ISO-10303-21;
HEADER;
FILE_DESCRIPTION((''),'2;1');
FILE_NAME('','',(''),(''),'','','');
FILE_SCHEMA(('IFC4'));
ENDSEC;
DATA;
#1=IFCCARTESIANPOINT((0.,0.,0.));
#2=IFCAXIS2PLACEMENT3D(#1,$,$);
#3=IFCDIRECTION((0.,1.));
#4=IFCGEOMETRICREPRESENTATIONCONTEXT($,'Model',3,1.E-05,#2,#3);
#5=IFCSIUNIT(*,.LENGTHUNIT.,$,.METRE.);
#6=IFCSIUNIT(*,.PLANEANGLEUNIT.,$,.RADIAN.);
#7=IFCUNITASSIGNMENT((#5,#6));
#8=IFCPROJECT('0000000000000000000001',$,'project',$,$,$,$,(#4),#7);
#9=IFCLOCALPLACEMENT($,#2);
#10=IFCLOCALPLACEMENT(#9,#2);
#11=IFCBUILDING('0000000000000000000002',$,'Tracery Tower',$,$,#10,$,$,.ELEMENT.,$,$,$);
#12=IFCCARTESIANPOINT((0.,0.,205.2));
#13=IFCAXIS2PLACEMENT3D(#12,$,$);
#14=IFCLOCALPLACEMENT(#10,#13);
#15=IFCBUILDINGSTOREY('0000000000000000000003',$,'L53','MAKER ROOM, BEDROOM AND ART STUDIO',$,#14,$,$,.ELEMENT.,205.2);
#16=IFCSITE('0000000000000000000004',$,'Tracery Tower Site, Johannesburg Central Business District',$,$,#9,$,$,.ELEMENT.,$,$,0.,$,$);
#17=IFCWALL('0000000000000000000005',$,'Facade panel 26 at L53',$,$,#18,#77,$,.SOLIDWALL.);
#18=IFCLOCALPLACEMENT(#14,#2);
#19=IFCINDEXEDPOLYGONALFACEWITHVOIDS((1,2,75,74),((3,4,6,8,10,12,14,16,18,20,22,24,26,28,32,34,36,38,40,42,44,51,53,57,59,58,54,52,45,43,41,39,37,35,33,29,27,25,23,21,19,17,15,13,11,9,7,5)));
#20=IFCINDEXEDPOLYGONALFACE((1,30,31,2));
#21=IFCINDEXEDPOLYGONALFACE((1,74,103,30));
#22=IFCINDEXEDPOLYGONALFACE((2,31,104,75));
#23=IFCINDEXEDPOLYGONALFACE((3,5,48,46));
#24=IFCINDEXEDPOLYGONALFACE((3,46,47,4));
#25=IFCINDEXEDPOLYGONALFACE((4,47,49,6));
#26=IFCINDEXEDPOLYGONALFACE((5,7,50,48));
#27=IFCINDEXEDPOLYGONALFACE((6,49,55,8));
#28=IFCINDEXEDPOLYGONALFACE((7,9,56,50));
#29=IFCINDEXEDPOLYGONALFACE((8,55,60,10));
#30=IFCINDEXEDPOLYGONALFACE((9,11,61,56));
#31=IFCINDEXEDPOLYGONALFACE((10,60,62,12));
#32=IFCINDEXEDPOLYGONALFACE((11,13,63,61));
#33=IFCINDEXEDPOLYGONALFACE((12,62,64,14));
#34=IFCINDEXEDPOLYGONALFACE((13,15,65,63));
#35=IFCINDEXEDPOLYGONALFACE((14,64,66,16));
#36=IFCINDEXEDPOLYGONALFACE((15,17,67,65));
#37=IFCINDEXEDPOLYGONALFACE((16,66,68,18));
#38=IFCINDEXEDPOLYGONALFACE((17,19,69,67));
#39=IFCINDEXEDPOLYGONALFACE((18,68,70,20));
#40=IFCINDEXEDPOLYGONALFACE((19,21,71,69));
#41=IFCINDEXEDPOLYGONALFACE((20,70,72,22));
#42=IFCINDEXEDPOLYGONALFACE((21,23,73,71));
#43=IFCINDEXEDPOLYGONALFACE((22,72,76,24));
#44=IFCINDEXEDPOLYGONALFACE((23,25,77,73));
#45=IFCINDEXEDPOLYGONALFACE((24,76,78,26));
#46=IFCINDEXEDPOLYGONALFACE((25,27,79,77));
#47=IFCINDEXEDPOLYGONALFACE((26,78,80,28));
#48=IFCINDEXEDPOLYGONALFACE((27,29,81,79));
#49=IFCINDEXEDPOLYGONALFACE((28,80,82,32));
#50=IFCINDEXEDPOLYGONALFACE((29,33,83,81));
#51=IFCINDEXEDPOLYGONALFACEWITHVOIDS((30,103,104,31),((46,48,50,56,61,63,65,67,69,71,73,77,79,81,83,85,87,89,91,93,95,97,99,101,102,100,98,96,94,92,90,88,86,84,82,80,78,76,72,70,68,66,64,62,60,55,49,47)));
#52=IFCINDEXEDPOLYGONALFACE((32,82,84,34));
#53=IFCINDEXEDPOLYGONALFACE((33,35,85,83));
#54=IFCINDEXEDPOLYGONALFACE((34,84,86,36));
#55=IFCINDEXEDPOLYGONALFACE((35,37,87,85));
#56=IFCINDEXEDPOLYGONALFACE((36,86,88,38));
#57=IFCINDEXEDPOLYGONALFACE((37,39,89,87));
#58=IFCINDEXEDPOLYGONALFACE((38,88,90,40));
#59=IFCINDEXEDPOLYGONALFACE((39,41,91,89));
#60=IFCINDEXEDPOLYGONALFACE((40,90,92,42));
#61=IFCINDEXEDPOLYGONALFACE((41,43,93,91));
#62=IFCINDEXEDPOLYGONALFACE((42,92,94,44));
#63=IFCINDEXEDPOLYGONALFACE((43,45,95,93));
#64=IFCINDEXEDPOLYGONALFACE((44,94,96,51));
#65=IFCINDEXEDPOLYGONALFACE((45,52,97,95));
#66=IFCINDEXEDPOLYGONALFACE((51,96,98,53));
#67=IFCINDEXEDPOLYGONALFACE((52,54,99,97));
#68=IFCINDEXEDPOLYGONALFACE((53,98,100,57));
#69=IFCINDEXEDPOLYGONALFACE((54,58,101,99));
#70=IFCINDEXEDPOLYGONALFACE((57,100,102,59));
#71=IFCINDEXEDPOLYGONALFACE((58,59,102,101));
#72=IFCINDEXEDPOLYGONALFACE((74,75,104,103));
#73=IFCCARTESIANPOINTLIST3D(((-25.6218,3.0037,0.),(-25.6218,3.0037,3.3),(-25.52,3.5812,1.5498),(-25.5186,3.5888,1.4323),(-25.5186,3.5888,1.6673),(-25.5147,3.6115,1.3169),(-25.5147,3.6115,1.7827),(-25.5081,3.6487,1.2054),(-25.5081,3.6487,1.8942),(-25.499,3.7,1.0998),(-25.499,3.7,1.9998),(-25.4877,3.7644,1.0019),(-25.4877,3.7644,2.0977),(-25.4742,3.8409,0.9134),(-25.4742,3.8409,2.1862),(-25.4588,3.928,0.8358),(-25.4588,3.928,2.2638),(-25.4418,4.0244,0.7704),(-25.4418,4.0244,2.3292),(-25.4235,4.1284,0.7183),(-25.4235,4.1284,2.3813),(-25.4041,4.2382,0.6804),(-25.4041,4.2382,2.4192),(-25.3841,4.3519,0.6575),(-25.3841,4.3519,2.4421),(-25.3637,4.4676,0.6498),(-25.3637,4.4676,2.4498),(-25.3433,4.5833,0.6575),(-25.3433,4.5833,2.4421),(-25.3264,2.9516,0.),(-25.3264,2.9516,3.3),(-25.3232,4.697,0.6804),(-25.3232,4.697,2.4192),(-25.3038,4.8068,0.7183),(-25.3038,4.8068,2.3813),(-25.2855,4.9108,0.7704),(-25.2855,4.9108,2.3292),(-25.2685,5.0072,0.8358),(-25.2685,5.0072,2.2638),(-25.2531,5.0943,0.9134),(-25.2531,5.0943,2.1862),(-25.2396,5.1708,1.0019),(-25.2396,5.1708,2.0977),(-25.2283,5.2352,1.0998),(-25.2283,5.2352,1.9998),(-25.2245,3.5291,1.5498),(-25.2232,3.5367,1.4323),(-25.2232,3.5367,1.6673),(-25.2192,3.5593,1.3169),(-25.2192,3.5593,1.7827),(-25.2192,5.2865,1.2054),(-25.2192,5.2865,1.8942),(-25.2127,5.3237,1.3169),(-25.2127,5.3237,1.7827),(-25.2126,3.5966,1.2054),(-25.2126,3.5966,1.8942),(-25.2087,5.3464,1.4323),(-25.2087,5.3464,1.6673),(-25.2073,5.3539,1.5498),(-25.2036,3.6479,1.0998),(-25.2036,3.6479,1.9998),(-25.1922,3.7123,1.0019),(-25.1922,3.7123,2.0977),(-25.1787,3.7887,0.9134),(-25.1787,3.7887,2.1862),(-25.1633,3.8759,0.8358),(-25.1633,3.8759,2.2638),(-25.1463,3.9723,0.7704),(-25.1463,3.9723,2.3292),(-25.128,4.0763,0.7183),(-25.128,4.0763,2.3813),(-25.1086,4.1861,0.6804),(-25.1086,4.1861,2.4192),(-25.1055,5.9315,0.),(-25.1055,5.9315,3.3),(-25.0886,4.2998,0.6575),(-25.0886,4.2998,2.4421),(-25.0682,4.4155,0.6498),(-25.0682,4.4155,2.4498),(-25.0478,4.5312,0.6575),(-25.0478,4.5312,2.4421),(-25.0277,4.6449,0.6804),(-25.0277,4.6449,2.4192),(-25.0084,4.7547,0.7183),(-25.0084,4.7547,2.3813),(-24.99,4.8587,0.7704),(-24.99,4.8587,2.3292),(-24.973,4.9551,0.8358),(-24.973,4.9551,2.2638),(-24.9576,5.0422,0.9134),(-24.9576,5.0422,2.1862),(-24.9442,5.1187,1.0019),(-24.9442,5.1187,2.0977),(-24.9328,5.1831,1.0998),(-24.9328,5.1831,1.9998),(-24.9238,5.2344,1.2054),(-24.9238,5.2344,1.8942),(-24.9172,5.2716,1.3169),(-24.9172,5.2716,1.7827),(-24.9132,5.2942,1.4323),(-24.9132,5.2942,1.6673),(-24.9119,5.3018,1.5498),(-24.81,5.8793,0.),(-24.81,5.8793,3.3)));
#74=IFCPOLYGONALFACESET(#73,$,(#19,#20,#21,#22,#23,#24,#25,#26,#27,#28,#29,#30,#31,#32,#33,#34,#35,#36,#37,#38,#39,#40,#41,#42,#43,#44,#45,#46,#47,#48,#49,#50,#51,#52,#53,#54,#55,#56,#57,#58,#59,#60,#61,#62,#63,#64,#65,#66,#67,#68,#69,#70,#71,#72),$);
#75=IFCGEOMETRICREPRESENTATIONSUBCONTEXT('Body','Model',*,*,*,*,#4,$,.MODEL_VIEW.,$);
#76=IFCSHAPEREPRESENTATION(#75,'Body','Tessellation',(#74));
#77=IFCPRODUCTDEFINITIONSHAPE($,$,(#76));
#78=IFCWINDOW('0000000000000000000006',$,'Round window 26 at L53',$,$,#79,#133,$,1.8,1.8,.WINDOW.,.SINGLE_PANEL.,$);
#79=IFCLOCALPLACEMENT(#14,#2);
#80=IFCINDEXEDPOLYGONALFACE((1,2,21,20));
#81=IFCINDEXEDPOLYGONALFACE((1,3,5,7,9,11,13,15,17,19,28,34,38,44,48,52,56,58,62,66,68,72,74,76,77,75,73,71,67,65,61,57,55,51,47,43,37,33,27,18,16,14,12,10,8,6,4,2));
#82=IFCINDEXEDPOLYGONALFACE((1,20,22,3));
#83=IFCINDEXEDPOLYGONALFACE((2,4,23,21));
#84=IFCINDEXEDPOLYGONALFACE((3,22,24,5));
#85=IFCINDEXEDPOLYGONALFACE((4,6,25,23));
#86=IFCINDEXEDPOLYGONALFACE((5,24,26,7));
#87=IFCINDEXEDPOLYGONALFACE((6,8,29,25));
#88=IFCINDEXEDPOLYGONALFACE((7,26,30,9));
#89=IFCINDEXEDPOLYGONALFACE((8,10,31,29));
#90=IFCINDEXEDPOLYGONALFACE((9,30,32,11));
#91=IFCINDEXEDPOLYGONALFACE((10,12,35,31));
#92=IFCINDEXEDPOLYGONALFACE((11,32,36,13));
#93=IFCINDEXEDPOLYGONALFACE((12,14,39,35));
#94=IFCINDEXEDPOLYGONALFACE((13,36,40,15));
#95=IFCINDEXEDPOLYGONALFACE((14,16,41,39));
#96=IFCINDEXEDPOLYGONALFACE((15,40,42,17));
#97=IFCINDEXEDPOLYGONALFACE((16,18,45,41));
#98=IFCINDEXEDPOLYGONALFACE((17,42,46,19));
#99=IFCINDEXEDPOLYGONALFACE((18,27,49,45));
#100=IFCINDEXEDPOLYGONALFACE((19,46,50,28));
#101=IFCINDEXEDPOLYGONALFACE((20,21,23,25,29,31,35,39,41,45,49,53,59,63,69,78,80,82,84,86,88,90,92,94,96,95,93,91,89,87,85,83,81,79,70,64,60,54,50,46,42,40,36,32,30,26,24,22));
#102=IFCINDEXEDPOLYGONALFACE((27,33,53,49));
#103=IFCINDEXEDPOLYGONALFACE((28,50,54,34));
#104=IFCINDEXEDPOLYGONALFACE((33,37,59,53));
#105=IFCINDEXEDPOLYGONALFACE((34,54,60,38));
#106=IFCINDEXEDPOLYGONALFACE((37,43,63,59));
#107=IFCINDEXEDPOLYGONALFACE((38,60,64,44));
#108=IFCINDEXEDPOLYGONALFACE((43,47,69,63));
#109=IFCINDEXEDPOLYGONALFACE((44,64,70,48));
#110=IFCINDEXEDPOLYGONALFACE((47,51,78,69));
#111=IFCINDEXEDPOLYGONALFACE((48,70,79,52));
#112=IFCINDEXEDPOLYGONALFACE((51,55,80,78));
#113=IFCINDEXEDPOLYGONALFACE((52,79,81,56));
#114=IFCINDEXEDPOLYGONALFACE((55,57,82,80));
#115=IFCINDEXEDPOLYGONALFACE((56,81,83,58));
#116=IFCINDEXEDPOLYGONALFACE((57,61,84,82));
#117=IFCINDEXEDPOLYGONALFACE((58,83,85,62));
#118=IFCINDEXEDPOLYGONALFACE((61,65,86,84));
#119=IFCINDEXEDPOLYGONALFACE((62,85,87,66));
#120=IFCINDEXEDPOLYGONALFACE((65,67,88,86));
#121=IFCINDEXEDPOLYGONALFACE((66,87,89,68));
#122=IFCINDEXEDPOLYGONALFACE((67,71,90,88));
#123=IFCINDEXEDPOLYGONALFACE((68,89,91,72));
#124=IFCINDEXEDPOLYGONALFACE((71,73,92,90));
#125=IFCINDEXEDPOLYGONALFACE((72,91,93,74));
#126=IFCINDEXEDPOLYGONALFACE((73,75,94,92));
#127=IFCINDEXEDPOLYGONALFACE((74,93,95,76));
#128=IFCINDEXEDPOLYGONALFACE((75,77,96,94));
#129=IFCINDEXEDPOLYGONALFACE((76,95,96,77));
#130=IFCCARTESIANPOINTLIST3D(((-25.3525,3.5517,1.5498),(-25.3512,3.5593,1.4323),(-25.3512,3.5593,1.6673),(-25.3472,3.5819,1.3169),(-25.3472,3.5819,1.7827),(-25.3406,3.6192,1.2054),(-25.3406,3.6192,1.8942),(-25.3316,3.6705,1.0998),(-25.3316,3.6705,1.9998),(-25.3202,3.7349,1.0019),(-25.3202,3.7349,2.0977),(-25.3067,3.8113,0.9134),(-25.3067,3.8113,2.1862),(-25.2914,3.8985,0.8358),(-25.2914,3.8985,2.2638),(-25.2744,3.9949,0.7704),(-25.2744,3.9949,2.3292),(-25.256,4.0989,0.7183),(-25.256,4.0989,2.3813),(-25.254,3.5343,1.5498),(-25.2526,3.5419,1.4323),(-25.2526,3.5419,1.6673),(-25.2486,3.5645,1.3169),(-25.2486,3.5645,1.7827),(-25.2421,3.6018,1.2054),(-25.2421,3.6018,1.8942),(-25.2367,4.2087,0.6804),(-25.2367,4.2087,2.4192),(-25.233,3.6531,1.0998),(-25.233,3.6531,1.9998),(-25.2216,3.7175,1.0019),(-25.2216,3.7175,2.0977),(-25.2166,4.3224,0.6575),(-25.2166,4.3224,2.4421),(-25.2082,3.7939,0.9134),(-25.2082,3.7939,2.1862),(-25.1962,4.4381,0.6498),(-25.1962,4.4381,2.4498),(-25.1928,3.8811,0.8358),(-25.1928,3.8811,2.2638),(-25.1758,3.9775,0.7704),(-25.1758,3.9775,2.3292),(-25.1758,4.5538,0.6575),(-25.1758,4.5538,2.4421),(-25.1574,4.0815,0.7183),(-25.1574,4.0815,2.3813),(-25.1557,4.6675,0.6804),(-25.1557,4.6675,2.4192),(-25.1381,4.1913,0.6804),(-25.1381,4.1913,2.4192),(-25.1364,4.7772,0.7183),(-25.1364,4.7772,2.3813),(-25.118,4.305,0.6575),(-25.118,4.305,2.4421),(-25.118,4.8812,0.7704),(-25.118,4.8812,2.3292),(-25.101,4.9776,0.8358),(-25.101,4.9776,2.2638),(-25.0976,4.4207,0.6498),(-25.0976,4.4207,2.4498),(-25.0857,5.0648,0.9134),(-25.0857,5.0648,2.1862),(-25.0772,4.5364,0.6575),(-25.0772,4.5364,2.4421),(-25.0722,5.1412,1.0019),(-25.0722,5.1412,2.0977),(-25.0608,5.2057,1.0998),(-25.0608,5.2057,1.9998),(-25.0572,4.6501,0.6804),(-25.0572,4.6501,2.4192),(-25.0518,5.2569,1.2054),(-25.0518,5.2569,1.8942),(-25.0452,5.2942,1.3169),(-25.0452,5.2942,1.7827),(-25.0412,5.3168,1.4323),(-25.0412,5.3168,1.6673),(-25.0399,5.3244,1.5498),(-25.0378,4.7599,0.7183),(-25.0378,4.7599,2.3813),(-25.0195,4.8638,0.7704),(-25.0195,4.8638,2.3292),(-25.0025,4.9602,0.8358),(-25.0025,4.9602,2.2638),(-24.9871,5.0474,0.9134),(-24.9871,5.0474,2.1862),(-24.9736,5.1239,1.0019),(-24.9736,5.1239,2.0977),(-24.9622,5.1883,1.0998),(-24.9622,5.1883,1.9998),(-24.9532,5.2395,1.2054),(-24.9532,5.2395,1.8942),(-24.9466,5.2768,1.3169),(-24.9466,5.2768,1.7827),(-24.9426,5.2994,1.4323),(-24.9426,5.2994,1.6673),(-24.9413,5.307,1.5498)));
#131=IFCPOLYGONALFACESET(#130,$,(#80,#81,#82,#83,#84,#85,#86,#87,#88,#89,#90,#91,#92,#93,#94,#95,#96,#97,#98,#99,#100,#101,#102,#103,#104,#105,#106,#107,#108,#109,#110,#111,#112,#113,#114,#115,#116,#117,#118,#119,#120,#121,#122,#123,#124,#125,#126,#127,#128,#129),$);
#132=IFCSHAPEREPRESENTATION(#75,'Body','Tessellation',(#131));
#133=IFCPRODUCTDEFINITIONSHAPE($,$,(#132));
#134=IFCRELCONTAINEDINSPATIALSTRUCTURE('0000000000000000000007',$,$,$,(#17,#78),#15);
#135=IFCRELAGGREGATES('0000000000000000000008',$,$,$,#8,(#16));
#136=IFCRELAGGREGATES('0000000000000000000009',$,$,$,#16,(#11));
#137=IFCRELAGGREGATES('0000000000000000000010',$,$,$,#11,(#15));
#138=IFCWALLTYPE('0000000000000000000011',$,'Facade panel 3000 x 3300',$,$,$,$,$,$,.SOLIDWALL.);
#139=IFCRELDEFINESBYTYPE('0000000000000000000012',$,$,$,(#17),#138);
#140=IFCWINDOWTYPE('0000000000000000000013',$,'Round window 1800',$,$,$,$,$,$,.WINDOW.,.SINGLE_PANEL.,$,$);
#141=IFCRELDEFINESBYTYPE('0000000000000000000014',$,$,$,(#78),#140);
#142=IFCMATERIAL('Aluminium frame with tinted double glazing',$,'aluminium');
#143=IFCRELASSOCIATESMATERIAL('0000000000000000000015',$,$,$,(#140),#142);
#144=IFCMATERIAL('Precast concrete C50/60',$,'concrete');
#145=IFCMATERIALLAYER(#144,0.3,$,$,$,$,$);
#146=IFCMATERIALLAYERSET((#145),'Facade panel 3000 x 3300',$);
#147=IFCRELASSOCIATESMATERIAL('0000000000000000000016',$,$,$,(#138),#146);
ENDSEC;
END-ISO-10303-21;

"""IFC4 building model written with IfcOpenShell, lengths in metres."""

from ifc_helpers import new_model, si_unit, direction, frame, frame_2d, origin, origin_2d, place, context, subcontext, project, spatial, rectangle, circle, extrude, material, layer, layer_set, type_object, element, fill, save


model = new_model("IFC4")

# Units and contexts
model_context = context("Model", 3, precision=1e-05, world=origin(), true_north=direction((0.0, 1.0)))
body_context = subcontext(model_context, "Body", "Model", "MODEL_VIEW")
ifc_project = project(units=[si_unit("LENGTHUNIT", "METRE"), si_unit("PLANEANGLEUNIT", "RADIAN")], contexts=[model_context])

# Site, building, storey
site_placement = place(None, origin())
site = spatial("IfcSite", under=ifc_project, at=site_placement, Name="Tracery Tower Site, Johannesburg Central Business District", CompositionType="ELEMENT", RefElevation=0.0)
building_placement = place(site_placement, origin())
building = spatial("IfcBuilding", under=site, at=building_placement, Name="Tracery Tower", CompositionType="ELEMENT")
storey_placement = place(building_placement, frame((0.0, 0.0, 205.2)))
storey = spatial("IfcBuildingStorey", under=building, at=storey_placement, Name="L53", Description="MAKER ROOM, BEDROOM AND ART STUDIO", CompositionType="ELEMENT", Elevation=205.2)

# Wall, opening, window
ifc_material_1 = material(Name="Aluminium frame with tinted double glazing", Category="aluminium")
window_type = type_object("IfcWindowType", Name="Round window 1800", PartitioningType="SINGLE_PANEL", PredefinedType="WINDOW", material=ifc_material_1)
ifc_material_2 = material(Name="Precast concrete C50/60", Category="concrete")
ifc_layer_1 = layer(ifc_material_2, 0.3)
ifc_layer_set_1 = layer_set([ifc_layer_1], Name="Facade panel 3000 x 3300")
wall_type_1 = type_object("IfcWallType", Name="Facade panel 3000 x 3300", PredefinedType="SOLIDWALL", material=ifc_layer_set_1)
wall_1_placement = place(storey_placement, frame((-24.9578, 5.9053, 0.0), z_axis=(0.0, 0.0, 1.0), x_axis=(-0.173687, -0.984801, 0.0)))
wall_1 = element("IfcWall", 1, at=wall_1_placement, inside=storey, type_object=wall_type_1, Name="Facade panel 26 at L53", PredefinedType="SOLIDWALL", context=body_context, shape_type="SweptSolid", body=[
    extrude(rectangle(XDim=2.9729, YDim=0.3, at=frame_2d((1.4863, 0.0))), origin(), (0.0, 0.0, 1.0), 3.3),
])
opening_1_placement = place(wall_1_placement, frame((1.4863, 0.0, 1.5498)))
opening_1 = element("IfcOpeningElement", 2, at=opening_1_placement, cuts=wall_1, PredefinedType="OPENING", context=body_context, shape_type="SweptSolid", body=[
    extrude(circle(Radius=0.9, at=origin_2d()), frame((0.0, 0.1599, 0.0), z_axis=(0.0, -1.0, 0.0), x_axis=(1.0, 0.0, 0.0)), (0.0, 0.0, 1.0), 0.3201),
])
window_1_placement = place(opening_1_placement, origin())
window_1 = element("IfcWindow", 3, at=window_1_placement, inside=storey, type_object=window_type, Name="Round window 26 at L53", OverallHeight=1.8, OverallWidth=1.8, PartitioningType="SINGLE_PANEL", PredefinedType="WINDOW", context=body_context, shape_type="SweptSolid", body=[
    extrude(circle(Radius=0.9, at=origin_2d()), frame((0.0, 0.1201, 0.0), z_axis=(0.0, -1.0, 0.0), x_axis=(1.0, 0.0, 0.0)), (0.0, 0.0, 1.0), 0.1001),
])
fill(opening_1, window_1)

save(model, "model.ifc")
